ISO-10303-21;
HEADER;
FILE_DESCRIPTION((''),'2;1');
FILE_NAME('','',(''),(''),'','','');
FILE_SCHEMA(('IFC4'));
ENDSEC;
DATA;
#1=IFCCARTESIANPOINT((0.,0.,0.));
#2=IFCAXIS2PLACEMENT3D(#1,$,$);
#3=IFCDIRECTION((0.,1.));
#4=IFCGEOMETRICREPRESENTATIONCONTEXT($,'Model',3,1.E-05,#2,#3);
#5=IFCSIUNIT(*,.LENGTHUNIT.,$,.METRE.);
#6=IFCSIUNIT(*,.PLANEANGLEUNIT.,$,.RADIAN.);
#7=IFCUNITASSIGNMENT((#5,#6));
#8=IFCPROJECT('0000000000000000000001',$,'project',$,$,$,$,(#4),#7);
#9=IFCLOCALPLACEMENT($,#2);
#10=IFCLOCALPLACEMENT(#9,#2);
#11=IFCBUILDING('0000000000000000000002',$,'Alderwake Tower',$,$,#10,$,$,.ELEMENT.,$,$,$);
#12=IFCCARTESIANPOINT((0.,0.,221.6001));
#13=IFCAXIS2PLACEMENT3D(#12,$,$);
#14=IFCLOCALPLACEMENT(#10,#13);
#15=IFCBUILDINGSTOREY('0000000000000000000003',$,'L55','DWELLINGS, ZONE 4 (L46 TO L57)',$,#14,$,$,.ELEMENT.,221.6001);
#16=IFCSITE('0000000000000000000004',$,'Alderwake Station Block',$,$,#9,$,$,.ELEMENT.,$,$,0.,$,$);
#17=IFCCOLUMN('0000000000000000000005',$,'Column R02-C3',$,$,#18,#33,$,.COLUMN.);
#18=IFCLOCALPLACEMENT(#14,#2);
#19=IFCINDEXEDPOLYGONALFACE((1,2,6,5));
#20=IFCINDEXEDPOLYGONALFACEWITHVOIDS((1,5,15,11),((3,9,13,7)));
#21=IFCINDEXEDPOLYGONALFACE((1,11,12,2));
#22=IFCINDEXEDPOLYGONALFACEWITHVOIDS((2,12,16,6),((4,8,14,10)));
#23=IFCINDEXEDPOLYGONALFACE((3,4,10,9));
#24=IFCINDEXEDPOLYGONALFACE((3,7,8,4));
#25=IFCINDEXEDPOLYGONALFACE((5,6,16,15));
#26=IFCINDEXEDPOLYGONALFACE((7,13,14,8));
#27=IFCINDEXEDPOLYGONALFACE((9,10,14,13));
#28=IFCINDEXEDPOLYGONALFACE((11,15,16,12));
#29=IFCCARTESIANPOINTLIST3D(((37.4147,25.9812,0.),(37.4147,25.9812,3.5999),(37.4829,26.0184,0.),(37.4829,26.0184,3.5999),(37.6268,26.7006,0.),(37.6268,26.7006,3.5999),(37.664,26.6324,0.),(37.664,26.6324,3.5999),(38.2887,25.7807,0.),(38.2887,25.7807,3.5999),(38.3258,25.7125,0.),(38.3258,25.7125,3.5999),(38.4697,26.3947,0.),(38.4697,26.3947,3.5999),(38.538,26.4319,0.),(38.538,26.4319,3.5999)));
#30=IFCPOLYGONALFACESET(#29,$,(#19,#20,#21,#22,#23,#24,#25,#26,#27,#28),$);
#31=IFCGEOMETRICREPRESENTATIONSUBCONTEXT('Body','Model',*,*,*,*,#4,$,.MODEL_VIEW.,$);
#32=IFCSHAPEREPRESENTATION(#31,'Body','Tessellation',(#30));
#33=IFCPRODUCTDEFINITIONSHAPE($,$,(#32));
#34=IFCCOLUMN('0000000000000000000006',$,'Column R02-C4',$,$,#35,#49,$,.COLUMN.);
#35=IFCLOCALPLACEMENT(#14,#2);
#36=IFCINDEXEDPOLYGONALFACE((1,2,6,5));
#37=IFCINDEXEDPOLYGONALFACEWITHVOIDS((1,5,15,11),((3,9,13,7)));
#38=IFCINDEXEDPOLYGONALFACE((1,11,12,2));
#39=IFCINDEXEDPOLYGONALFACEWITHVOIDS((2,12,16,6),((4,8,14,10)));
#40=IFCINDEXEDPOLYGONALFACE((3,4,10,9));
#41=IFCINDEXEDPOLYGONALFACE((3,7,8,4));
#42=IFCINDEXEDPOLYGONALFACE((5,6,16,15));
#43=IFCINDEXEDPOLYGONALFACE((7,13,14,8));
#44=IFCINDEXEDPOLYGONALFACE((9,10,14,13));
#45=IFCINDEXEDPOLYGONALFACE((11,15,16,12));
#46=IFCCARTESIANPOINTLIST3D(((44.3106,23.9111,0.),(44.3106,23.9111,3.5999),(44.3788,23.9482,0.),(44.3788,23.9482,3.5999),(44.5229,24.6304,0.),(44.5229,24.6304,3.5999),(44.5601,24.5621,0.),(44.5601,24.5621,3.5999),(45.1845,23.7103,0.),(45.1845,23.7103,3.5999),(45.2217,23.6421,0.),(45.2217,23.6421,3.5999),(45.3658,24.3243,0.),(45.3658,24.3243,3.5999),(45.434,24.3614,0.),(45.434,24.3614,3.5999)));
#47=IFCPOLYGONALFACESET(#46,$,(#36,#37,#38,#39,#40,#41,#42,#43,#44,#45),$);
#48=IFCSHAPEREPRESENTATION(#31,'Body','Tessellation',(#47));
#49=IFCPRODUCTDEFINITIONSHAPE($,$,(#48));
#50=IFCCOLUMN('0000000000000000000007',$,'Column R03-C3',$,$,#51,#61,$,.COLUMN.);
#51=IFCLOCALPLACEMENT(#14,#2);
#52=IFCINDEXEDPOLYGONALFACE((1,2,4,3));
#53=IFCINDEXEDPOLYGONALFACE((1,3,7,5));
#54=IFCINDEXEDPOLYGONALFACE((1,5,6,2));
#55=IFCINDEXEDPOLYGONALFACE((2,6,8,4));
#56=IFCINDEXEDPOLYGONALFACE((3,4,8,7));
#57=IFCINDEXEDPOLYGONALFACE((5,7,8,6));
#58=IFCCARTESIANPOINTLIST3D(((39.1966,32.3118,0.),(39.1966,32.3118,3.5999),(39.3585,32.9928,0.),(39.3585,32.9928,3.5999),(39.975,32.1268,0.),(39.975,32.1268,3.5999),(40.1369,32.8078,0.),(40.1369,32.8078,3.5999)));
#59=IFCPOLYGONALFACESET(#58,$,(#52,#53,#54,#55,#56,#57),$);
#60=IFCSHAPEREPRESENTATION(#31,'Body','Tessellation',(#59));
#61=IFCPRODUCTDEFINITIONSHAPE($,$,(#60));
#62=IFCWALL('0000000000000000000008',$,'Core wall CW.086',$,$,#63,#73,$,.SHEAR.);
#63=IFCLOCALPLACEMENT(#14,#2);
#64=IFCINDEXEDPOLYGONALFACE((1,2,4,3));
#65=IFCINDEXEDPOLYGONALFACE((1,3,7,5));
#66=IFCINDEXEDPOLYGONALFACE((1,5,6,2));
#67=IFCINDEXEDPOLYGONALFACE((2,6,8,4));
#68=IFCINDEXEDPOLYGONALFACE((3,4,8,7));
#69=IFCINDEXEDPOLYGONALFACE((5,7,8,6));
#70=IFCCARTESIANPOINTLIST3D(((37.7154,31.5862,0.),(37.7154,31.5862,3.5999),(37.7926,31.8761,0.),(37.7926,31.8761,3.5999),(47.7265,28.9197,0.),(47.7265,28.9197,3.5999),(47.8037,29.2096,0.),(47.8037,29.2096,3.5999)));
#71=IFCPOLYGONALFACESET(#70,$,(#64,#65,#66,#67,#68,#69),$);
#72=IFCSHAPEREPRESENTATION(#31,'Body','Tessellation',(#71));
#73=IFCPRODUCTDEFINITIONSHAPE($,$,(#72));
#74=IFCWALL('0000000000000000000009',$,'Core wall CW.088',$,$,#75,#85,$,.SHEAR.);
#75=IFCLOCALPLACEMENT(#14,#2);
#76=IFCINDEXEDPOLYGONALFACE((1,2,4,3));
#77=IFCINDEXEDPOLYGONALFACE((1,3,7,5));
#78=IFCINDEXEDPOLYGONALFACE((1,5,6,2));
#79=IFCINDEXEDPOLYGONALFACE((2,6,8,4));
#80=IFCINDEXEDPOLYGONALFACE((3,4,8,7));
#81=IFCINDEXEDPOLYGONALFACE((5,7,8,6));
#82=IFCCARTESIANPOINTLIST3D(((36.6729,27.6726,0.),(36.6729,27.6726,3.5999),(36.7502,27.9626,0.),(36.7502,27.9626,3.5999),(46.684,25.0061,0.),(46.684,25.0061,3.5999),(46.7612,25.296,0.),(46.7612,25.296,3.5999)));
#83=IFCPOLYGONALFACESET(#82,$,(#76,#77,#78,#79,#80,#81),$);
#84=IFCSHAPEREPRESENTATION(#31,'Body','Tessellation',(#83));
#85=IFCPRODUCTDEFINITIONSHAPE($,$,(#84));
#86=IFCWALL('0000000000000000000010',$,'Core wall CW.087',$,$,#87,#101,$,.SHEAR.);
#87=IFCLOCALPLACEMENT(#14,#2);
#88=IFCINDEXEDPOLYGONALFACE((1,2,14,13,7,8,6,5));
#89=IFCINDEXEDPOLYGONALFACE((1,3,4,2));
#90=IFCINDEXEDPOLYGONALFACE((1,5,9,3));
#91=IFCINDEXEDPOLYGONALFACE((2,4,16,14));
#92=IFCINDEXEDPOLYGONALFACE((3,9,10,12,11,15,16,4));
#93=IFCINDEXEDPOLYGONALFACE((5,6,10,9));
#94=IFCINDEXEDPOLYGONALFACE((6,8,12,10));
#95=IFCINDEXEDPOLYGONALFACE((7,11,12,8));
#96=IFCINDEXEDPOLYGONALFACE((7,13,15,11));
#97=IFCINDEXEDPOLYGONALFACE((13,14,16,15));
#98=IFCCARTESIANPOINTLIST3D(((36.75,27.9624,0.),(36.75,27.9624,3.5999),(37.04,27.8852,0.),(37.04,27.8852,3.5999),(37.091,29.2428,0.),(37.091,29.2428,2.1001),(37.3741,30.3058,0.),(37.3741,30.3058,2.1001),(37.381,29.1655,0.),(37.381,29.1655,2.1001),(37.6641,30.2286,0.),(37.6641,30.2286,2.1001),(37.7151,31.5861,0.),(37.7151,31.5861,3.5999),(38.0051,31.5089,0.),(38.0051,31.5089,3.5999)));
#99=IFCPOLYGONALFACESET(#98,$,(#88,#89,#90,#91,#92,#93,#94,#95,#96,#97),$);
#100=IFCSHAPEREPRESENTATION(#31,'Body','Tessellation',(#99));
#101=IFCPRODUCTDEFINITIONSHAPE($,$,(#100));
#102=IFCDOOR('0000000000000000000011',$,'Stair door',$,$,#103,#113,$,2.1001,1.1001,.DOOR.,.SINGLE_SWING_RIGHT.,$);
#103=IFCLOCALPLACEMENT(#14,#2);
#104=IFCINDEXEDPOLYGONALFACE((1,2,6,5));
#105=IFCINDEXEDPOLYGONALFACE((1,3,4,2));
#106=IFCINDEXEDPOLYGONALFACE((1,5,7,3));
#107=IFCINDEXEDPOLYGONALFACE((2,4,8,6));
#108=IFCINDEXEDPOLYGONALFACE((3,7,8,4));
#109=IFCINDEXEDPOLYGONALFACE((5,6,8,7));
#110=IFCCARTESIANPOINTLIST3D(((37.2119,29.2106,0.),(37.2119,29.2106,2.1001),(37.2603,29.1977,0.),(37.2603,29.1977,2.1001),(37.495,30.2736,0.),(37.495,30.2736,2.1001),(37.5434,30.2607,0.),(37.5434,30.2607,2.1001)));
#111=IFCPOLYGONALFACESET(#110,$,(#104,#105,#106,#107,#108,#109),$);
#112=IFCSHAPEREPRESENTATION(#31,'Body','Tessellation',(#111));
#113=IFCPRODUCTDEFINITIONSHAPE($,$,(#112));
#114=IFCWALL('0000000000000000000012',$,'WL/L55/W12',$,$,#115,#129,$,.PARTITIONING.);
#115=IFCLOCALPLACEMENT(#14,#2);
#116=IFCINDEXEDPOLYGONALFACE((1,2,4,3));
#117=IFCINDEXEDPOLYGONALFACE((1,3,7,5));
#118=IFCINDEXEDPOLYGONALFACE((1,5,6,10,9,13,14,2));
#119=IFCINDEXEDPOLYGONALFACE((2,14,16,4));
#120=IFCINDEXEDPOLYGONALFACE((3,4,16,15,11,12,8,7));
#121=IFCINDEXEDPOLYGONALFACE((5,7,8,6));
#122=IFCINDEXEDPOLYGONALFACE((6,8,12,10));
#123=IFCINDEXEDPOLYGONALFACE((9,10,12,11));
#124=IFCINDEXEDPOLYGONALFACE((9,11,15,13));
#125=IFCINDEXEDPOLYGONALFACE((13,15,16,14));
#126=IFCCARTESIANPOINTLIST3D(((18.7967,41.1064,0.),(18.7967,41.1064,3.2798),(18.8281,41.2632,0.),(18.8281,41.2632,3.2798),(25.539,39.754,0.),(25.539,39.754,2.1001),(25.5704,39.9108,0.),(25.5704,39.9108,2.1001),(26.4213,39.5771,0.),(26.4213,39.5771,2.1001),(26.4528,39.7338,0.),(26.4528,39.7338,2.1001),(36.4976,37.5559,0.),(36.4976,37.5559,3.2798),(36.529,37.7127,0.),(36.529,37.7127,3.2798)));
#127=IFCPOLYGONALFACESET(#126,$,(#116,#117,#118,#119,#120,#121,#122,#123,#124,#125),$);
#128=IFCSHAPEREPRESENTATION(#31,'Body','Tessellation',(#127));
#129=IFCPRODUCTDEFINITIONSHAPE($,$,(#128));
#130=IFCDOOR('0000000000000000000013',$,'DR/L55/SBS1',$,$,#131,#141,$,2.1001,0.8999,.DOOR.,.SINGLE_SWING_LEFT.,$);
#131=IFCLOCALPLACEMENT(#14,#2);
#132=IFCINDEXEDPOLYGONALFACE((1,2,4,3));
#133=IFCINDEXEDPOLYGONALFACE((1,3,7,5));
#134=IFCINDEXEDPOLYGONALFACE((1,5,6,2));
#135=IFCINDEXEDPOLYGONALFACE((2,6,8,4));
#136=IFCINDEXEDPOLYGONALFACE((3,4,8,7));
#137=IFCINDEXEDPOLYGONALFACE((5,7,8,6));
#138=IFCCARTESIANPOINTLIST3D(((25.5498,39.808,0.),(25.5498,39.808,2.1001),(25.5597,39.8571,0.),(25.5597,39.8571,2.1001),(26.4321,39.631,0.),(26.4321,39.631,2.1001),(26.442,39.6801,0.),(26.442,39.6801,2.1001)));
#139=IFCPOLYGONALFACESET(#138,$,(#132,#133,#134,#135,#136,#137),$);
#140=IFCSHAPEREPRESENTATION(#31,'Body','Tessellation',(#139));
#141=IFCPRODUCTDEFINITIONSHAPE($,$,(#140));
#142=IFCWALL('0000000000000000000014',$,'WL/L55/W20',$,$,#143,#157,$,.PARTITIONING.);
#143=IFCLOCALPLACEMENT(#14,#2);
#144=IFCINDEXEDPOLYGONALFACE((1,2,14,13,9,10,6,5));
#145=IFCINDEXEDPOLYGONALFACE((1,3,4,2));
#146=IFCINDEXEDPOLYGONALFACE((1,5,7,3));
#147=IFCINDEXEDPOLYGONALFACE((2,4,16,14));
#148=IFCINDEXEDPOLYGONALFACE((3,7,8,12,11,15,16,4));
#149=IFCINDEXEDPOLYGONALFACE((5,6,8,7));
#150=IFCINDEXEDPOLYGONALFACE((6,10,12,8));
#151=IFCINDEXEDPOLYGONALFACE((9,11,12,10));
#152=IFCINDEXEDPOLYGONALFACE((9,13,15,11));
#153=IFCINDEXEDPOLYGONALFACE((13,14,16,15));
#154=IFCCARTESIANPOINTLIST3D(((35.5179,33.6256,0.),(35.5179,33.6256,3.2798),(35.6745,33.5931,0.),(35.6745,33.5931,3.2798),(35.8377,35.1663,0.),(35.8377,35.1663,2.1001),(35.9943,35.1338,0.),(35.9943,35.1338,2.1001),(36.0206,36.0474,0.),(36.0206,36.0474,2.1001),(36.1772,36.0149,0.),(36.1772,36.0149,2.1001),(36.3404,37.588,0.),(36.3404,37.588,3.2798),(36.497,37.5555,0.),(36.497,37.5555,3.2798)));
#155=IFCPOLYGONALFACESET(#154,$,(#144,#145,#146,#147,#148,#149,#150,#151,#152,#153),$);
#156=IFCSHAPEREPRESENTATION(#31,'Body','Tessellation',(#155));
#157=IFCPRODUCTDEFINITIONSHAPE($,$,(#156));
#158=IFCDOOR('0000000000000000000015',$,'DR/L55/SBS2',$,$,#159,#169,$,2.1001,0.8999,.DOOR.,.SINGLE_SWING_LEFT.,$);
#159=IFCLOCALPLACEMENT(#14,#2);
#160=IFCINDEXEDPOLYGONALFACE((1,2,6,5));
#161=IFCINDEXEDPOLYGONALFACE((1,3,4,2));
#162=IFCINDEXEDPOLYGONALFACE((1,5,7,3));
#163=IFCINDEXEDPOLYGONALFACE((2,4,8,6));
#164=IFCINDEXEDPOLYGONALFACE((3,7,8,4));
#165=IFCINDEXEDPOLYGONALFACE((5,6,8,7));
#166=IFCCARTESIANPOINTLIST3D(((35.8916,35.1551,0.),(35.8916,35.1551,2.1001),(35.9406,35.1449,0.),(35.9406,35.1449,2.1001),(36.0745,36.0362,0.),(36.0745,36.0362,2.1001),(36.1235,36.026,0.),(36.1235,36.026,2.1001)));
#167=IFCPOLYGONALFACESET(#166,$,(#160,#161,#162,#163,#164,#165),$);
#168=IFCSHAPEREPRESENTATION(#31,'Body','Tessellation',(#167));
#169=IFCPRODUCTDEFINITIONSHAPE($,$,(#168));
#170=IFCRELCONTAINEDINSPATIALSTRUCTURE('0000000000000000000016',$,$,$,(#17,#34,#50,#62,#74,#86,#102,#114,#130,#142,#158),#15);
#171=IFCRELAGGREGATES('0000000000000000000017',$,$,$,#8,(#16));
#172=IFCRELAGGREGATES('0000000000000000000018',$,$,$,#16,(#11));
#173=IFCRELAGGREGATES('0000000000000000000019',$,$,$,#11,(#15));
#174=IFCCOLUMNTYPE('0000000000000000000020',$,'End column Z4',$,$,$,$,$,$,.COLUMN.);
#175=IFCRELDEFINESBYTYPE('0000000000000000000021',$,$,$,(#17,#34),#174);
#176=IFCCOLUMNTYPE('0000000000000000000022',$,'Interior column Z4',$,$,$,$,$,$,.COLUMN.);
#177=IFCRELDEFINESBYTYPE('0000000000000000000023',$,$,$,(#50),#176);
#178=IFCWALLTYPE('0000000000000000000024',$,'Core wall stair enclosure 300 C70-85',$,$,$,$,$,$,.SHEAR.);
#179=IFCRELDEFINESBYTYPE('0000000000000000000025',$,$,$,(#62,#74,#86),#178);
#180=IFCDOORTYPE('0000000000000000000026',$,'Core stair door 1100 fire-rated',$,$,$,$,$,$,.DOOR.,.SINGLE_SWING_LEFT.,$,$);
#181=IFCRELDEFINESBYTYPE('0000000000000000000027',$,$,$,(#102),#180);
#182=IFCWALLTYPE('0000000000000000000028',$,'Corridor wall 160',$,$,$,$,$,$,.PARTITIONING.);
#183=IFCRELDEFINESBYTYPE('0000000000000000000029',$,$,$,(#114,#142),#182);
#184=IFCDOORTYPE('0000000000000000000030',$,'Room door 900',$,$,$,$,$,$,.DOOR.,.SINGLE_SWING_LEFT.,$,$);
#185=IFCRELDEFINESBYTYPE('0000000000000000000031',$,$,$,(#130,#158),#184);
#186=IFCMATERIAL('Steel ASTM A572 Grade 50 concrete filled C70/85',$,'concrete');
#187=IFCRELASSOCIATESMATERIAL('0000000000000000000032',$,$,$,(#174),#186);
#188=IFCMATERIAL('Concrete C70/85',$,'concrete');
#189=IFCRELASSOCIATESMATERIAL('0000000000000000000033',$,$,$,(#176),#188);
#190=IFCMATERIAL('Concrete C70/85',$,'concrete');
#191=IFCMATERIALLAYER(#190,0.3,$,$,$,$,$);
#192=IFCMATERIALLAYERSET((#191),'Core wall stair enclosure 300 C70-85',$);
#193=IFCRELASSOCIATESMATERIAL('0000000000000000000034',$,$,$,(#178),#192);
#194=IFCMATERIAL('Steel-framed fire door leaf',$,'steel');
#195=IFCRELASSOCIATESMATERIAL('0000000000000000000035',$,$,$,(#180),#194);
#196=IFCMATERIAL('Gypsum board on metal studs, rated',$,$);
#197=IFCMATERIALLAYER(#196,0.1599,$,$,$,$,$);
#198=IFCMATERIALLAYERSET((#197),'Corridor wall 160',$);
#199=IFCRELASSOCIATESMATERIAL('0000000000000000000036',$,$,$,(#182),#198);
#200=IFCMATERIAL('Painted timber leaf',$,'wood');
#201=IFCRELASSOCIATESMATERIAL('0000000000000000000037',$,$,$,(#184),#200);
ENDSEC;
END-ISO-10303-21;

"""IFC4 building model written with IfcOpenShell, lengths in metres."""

from ifc_helpers import new_model, si_unit, direction, frame, frame_2d, origin, origin_2d, place, context, subcontext, project, spatial, rectangle, hollow_rectangle, extrude, material, layer, layer_set, material_profile, profile_set, type_object, element, fill, save


model = new_model("IFC4")

# Units and contexts
model_context = context("Model", 3, precision=1e-05, world=origin(), true_north=direction((0.0, 1.0)))
body_context = subcontext(model_context, "Body", "Model", "MODEL_VIEW")
ifc_project = project(units=[si_unit("LENGTHUNIT", "METRE"), si_unit("PLANEANGLEUNIT", "RADIAN")], contexts=[model_context])

# Site, building, storey
site_placement = place(None, origin())
site = spatial("IfcSite", under=ifc_project, at=site_placement, Name="Alderwake Station Block", CompositionType="ELEMENT", RefElevation=0.0)
building_placement = place(site_placement, origin())
building = spatial("IfcBuilding", under=site, at=building_placement, Name="Alderwake Tower", CompositionType="ELEMENT")
storey_placement = place(building_placement, frame((0.0, 0.0, 221.6001)))
storey = spatial("IfcBuildingStorey", under=building, at=storey_placement, Name="L55", Description="DWELLINGS, ZONE 4 (L46 TO L57)", CompositionType="ELEMENT", Elevation=221.6001)

# Columns
ifc_material_1 = material(Name="Steel ASTM A572 Grade 50 concrete filled C70/85", Category="concrete")
ifc_material_profile_1 = material_profile(ifc_material_1, hollow_rectangle(XDim=0.75, YDim=0.95, WallThickness=0.0549, at=origin_2d()), Name="BOX 950X750X55")
ifc_profile_set_1 = profile_set([ifc_material_profile_1], Name="Steel ASTM A572 Grade 50 concrete filled C70/85")
column_type_1 = type_object("IfcColumnType", Name="End column Z4", PredefinedType="COLUMN", material=ifc_profile_set_1)
for number, where, z_axis, x_axis, name in (
    (1, (37.9763, 26.2065, 0.0), (0.0, 0.0, 1.0), (0.282874, 0.959157, 0.0), "Column R02-C3"),
    (2, (44.8723, 24.1362, 0.0), (0.0, 0.0, 1.0), (0.283132, 0.959081, 0.0), "Column R02-C4"),
):
    element("IfcColumn", number, at=place(storey_placement, frame(where, z_axis=z_axis, x_axis=x_axis)), inside=storey, type_object=column_type_1, Name=name, PredefinedType="COLUMN", context=body_context, shape_type="SweptSolid", body=[
        extrude(hollow_rectangle(XDim=0.75, YDim=0.95, WallThickness=0.0549, at=origin_2d()), origin(), (0.0, 0.0, 1.0), 3.5999),
    ])
ifc_material_2 = material(Name="Concrete C70/85", Category="concrete")
ifc_material_profile_2 = material_profile(ifc_material_2, rectangle(XDim=0.7, YDim=0.8, at=origin_2d()), Name="RC 800X700")
ifc_profile_set_2 = profile_set([ifc_material_profile_2], Name="Concrete C70/85")
column_type_2 = type_object("IfcColumnType", Name="Interior column Z4", PredefinedType="COLUMN", material=ifc_profile_set_2)
column_placement = place(storey_placement, frame((39.6667, 32.5598, 0.0), z_axis=(0.0, 0.0, 1.0), x_axis=(0.231222, 0.972901, 0.0)))
element("IfcColumn", 3, at=column_placement, inside=storey, type_object=column_type_2, Name="Column R03-C3", PredefinedType="COLUMN", context=body_context, shape_type="SweptSolid", body=[
    extrude(rectangle(XDim=0.7, YDim=0.8, at=origin_2d()), origin(), (0.0, 0.0, 1.0), 3.5999),
])

# Walls
ifc_material_3 = material(Name="Concrete C70/85", Category="concrete")
ifc_layer_1 = layer(ifc_material_3, 0.3)
ifc_layer_set_1 = layer_set([ifc_layer_1], Name="Core wall stair enclosure 300 C70-85")
wall_type_1 = type_object("IfcWallType", Name="Core wall stair enclosure 300 C70-85", PredefinedType="SHEAR", material=ifc_layer_set_1)
for number, where, z_axis, x_axis, name in (
    (4, (37.7539, 31.7312, 0.0), (0.0, 0.0, 1.0), (0.966309, -0.257384, 0.0), "Core wall CW.086"),
    (5, (36.7114, 27.8176, 0.0), (0.0, 0.0, 1.0), (0.966309, -0.257384, 0.0), "Core wall CW.088"),
):
    element("IfcWall", number, at=place(storey_placement, frame(where, z_axis=z_axis, x_axis=x_axis)), inside=storey, type_object=wall_type_1, Name=name, PredefinedType="SHEAR", context=body_context, shape_type="SweptSolid", body=[
        extrude(rectangle(XDim=10.3601, YDim=0.3, at=frame_2d((5.1802, 0.0))), origin(), (0.0, 0.0, 1.0), 3.5999),
    ])

# Walls, openings, doors
wall_1_placement = place(storey_placement, frame((36.895, 27.9238, 0.0), z_axis=(0.0, 0.0, 1.0), x_axis=(0.257351, 0.966318, 0.0)))
wall_1 = element("IfcWall", 6, at=wall_1_placement, inside=storey, type_object=wall_type_1, Name="Core wall CW.087", PredefinedType="SHEAR", context=body_context, shape_type="SweptSolid", body=[
    extrude(rectangle(XDim=3.75, YDim=0.3, at=frame_2d((1.875, 0.0))), origin(), (0.0, 0.0, 1.0), 3.5999),
])
opening_1_placement = place(wall_1_placement, frame((1.325, 0.0, 0.0)))
opening_1 = element("IfcOpeningElement", 7, at=opening_1_placement, cuts=wall_1, PredefinedType="OPENING", context=body_context, shape_type="SweptSolid", body=[
    extrude(rectangle(XDim=1.1001, YDim=2.1001, at=frame_2d((0.55, 1.05))), frame((0.0, 0.1599, 0.0), z_axis=(0.0, -1.0, 0.0), x_axis=(1.0, 0.0, 0.0)), (0.0, 0.0, 1.0), 0.3201),
])
ifc_material_4 = material(Name="Steel-framed fire door leaf", Category="steel")
door_type_1 = type_object("IfcDoorType", Name="Core stair door 1100 fire-rated", OperationType="SINGLE_SWING_LEFT", PredefinedType="DOOR", material=ifc_material_4)
door_1_placement = place(opening_1_placement, origin())
door_1 = element("IfcDoor", 8, at=door_1_placement, inside=storey, type_object=door_type_1, Name="Stair door", OperationType="SINGLE_SWING_RIGHT", OverallHeight=2.1001, OverallWidth=1.1001, PredefinedType="DOOR", context=body_context, shape_type="SweptSolid", body=[
    extrude(rectangle(XDim=1.1001, YDim=2.1001, at=frame_2d((0.55, 1.05))), frame((0.0, 0.0249, 0.0), z_axis=(0.0, -1.0, 0.0), x_axis=(1.0, 0.0, 0.0)), (0.0, 0.0, 1.0), 0.05),
])
fill(opening_1, door_1)
ifc_material_5 = material(Name="Gypsum board on metal studs, rated")
ifc_layer_2 = layer(ifc_material_5, 0.1599)
ifc_layer_set_2 = layer_set([ifc_layer_2], Name="Corridor wall 160")
wall_type_2 = type_object("IfcWallType", Name="Corridor wall 160", PredefinedType="PARTITIONING", material=ifc_layer_set_2)
wall_2_placement = place(storey_placement, frame((36.5134, 37.6343, 0.0), z_axis=(0.0, 0.0, 1.0), x_axis=(-0.98047, 0.196667, 0.0)))
wall_2 = element("IfcWall", 9, at=wall_2_placement, inside=storey, type_object=wall_type_2, Name="WL/L55/W12", PredefinedType="PARTITIONING", context=body_context, shape_type="SweptSolid", body=[
    extrude(rectangle(XDim=18.0535, YDim=0.1599, at=frame_2d((9.0269, 0.0))), origin(), (0.0, 0.0, 1.0), 3.2798),
])
opening_2_placement = place(wall_2_placement, frame((10.2771, 0.0, 0.0)))
opening_2 = element("IfcOpeningElement", 10, at=opening_2_placement, cuts=wall_2, PredefinedType="OPENING", context=body_context, shape_type="SweptSolid", body=[
    extrude(rectangle(XDim=0.8999, YDim=2.1001, at=frame_2d((0.45, 1.05))), frame((0.0, 0.0898, 0.0), z_axis=(0.0, -1.0, 0.0), x_axis=(1.0, 0.0, 0.0)), (0.0, 0.0, 1.0), 0.1799),
])
ifc_material_6 = material(Name="Painted timber leaf", Category="wood")
door_type_2 = type_object("IfcDoorType", Name="Room door 900", OperationType="SINGLE_SWING_LEFT", PredefinedType="DOOR", material=ifc_material_6)
door_2_placement = place(opening_2_placement, origin())
door_2 = element("IfcDoor", 11, at=door_2_placement, inside=storey, type_object=door_type_2, Name="DR/L55/SBS1", OperationType="SINGLE_SWING_LEFT", OverallHeight=2.1001, OverallWidth=0.8999, PredefinedType="DOOR", context=body_context, shape_type="SweptSolid", body=[
    extrude(rectangle(XDim=0.8999, YDim=2.1001, at=frame_2d((0.45, 1.05))), frame((0.0, 0.0249, 0.0), z_axis=(0.0, -1.0, 0.0), x_axis=(1.0, 0.0, 0.0)), (0.0, 0.0, 1.0), 0.05),
])
fill(opening_2, door_2)
wall_3_placement = place(storey_placement, frame((35.5962, 33.6094, 0.0), z_axis=(0.0, 0.0, 1.0), x_axis=(0.203246, 0.979128, 0.0)))
wall_3 = element("IfcWall", 12, at=wall_3_placement, inside=storey, type_object=wall_type_2, Name="WL/L55/W20", PredefinedType="PARTITIONING", context=body_context, shape_type="SweptSolid", body=[
    extrude(rectangle(XDim=4.0469, YDim=0.1599, at=frame_2d((2.0234, 0.0))), origin(), (0.0, 0.0, 1.0), 3.2798),
])
opening_3_placement = place(wall_3_placement, frame((1.5735, 0.0, 0.0)))
opening_3 = element("IfcOpeningElement", 13, at=opening_3_placement, cuts=wall_3, PredefinedType="OPENING", context=body_context, shape_type="SweptSolid", body=[
    extrude(rectangle(XDim=0.8999, YDim=2.1001, at=frame_2d((0.45, 1.05))), frame((0.0, 0.0898, 0.0), z_axis=(0.0, -1.0, 0.0), x_axis=(1.0, 0.0, 0.0)), (0.0, 0.0, 1.0), 0.1799),
])
door_3_placement = place(opening_3_placement, origin())
door_3 = element("IfcDoor", 14, at=door_3_placement, inside=storey, type_object=door_type_2, Name="DR/L55/SBS2", OperationType="SINGLE_SWING_LEFT", OverallHeight=2.1001, OverallWidth=0.8999, PredefinedType="DOOR", context=body_context, shape_type="SweptSolid", body=[
    extrude(rectangle(XDim=0.8999, YDim=2.1001, at=frame_2d((0.45, 1.05))), frame((0.0, 0.0249, 0.0), z_axis=(0.0, -1.0, 0.0), x_axis=(1.0, 0.0, 0.0)), (0.0, 0.0, 1.0), 0.05),
])
fill(opening_3, door_3)

save(model, "model.ifc")
